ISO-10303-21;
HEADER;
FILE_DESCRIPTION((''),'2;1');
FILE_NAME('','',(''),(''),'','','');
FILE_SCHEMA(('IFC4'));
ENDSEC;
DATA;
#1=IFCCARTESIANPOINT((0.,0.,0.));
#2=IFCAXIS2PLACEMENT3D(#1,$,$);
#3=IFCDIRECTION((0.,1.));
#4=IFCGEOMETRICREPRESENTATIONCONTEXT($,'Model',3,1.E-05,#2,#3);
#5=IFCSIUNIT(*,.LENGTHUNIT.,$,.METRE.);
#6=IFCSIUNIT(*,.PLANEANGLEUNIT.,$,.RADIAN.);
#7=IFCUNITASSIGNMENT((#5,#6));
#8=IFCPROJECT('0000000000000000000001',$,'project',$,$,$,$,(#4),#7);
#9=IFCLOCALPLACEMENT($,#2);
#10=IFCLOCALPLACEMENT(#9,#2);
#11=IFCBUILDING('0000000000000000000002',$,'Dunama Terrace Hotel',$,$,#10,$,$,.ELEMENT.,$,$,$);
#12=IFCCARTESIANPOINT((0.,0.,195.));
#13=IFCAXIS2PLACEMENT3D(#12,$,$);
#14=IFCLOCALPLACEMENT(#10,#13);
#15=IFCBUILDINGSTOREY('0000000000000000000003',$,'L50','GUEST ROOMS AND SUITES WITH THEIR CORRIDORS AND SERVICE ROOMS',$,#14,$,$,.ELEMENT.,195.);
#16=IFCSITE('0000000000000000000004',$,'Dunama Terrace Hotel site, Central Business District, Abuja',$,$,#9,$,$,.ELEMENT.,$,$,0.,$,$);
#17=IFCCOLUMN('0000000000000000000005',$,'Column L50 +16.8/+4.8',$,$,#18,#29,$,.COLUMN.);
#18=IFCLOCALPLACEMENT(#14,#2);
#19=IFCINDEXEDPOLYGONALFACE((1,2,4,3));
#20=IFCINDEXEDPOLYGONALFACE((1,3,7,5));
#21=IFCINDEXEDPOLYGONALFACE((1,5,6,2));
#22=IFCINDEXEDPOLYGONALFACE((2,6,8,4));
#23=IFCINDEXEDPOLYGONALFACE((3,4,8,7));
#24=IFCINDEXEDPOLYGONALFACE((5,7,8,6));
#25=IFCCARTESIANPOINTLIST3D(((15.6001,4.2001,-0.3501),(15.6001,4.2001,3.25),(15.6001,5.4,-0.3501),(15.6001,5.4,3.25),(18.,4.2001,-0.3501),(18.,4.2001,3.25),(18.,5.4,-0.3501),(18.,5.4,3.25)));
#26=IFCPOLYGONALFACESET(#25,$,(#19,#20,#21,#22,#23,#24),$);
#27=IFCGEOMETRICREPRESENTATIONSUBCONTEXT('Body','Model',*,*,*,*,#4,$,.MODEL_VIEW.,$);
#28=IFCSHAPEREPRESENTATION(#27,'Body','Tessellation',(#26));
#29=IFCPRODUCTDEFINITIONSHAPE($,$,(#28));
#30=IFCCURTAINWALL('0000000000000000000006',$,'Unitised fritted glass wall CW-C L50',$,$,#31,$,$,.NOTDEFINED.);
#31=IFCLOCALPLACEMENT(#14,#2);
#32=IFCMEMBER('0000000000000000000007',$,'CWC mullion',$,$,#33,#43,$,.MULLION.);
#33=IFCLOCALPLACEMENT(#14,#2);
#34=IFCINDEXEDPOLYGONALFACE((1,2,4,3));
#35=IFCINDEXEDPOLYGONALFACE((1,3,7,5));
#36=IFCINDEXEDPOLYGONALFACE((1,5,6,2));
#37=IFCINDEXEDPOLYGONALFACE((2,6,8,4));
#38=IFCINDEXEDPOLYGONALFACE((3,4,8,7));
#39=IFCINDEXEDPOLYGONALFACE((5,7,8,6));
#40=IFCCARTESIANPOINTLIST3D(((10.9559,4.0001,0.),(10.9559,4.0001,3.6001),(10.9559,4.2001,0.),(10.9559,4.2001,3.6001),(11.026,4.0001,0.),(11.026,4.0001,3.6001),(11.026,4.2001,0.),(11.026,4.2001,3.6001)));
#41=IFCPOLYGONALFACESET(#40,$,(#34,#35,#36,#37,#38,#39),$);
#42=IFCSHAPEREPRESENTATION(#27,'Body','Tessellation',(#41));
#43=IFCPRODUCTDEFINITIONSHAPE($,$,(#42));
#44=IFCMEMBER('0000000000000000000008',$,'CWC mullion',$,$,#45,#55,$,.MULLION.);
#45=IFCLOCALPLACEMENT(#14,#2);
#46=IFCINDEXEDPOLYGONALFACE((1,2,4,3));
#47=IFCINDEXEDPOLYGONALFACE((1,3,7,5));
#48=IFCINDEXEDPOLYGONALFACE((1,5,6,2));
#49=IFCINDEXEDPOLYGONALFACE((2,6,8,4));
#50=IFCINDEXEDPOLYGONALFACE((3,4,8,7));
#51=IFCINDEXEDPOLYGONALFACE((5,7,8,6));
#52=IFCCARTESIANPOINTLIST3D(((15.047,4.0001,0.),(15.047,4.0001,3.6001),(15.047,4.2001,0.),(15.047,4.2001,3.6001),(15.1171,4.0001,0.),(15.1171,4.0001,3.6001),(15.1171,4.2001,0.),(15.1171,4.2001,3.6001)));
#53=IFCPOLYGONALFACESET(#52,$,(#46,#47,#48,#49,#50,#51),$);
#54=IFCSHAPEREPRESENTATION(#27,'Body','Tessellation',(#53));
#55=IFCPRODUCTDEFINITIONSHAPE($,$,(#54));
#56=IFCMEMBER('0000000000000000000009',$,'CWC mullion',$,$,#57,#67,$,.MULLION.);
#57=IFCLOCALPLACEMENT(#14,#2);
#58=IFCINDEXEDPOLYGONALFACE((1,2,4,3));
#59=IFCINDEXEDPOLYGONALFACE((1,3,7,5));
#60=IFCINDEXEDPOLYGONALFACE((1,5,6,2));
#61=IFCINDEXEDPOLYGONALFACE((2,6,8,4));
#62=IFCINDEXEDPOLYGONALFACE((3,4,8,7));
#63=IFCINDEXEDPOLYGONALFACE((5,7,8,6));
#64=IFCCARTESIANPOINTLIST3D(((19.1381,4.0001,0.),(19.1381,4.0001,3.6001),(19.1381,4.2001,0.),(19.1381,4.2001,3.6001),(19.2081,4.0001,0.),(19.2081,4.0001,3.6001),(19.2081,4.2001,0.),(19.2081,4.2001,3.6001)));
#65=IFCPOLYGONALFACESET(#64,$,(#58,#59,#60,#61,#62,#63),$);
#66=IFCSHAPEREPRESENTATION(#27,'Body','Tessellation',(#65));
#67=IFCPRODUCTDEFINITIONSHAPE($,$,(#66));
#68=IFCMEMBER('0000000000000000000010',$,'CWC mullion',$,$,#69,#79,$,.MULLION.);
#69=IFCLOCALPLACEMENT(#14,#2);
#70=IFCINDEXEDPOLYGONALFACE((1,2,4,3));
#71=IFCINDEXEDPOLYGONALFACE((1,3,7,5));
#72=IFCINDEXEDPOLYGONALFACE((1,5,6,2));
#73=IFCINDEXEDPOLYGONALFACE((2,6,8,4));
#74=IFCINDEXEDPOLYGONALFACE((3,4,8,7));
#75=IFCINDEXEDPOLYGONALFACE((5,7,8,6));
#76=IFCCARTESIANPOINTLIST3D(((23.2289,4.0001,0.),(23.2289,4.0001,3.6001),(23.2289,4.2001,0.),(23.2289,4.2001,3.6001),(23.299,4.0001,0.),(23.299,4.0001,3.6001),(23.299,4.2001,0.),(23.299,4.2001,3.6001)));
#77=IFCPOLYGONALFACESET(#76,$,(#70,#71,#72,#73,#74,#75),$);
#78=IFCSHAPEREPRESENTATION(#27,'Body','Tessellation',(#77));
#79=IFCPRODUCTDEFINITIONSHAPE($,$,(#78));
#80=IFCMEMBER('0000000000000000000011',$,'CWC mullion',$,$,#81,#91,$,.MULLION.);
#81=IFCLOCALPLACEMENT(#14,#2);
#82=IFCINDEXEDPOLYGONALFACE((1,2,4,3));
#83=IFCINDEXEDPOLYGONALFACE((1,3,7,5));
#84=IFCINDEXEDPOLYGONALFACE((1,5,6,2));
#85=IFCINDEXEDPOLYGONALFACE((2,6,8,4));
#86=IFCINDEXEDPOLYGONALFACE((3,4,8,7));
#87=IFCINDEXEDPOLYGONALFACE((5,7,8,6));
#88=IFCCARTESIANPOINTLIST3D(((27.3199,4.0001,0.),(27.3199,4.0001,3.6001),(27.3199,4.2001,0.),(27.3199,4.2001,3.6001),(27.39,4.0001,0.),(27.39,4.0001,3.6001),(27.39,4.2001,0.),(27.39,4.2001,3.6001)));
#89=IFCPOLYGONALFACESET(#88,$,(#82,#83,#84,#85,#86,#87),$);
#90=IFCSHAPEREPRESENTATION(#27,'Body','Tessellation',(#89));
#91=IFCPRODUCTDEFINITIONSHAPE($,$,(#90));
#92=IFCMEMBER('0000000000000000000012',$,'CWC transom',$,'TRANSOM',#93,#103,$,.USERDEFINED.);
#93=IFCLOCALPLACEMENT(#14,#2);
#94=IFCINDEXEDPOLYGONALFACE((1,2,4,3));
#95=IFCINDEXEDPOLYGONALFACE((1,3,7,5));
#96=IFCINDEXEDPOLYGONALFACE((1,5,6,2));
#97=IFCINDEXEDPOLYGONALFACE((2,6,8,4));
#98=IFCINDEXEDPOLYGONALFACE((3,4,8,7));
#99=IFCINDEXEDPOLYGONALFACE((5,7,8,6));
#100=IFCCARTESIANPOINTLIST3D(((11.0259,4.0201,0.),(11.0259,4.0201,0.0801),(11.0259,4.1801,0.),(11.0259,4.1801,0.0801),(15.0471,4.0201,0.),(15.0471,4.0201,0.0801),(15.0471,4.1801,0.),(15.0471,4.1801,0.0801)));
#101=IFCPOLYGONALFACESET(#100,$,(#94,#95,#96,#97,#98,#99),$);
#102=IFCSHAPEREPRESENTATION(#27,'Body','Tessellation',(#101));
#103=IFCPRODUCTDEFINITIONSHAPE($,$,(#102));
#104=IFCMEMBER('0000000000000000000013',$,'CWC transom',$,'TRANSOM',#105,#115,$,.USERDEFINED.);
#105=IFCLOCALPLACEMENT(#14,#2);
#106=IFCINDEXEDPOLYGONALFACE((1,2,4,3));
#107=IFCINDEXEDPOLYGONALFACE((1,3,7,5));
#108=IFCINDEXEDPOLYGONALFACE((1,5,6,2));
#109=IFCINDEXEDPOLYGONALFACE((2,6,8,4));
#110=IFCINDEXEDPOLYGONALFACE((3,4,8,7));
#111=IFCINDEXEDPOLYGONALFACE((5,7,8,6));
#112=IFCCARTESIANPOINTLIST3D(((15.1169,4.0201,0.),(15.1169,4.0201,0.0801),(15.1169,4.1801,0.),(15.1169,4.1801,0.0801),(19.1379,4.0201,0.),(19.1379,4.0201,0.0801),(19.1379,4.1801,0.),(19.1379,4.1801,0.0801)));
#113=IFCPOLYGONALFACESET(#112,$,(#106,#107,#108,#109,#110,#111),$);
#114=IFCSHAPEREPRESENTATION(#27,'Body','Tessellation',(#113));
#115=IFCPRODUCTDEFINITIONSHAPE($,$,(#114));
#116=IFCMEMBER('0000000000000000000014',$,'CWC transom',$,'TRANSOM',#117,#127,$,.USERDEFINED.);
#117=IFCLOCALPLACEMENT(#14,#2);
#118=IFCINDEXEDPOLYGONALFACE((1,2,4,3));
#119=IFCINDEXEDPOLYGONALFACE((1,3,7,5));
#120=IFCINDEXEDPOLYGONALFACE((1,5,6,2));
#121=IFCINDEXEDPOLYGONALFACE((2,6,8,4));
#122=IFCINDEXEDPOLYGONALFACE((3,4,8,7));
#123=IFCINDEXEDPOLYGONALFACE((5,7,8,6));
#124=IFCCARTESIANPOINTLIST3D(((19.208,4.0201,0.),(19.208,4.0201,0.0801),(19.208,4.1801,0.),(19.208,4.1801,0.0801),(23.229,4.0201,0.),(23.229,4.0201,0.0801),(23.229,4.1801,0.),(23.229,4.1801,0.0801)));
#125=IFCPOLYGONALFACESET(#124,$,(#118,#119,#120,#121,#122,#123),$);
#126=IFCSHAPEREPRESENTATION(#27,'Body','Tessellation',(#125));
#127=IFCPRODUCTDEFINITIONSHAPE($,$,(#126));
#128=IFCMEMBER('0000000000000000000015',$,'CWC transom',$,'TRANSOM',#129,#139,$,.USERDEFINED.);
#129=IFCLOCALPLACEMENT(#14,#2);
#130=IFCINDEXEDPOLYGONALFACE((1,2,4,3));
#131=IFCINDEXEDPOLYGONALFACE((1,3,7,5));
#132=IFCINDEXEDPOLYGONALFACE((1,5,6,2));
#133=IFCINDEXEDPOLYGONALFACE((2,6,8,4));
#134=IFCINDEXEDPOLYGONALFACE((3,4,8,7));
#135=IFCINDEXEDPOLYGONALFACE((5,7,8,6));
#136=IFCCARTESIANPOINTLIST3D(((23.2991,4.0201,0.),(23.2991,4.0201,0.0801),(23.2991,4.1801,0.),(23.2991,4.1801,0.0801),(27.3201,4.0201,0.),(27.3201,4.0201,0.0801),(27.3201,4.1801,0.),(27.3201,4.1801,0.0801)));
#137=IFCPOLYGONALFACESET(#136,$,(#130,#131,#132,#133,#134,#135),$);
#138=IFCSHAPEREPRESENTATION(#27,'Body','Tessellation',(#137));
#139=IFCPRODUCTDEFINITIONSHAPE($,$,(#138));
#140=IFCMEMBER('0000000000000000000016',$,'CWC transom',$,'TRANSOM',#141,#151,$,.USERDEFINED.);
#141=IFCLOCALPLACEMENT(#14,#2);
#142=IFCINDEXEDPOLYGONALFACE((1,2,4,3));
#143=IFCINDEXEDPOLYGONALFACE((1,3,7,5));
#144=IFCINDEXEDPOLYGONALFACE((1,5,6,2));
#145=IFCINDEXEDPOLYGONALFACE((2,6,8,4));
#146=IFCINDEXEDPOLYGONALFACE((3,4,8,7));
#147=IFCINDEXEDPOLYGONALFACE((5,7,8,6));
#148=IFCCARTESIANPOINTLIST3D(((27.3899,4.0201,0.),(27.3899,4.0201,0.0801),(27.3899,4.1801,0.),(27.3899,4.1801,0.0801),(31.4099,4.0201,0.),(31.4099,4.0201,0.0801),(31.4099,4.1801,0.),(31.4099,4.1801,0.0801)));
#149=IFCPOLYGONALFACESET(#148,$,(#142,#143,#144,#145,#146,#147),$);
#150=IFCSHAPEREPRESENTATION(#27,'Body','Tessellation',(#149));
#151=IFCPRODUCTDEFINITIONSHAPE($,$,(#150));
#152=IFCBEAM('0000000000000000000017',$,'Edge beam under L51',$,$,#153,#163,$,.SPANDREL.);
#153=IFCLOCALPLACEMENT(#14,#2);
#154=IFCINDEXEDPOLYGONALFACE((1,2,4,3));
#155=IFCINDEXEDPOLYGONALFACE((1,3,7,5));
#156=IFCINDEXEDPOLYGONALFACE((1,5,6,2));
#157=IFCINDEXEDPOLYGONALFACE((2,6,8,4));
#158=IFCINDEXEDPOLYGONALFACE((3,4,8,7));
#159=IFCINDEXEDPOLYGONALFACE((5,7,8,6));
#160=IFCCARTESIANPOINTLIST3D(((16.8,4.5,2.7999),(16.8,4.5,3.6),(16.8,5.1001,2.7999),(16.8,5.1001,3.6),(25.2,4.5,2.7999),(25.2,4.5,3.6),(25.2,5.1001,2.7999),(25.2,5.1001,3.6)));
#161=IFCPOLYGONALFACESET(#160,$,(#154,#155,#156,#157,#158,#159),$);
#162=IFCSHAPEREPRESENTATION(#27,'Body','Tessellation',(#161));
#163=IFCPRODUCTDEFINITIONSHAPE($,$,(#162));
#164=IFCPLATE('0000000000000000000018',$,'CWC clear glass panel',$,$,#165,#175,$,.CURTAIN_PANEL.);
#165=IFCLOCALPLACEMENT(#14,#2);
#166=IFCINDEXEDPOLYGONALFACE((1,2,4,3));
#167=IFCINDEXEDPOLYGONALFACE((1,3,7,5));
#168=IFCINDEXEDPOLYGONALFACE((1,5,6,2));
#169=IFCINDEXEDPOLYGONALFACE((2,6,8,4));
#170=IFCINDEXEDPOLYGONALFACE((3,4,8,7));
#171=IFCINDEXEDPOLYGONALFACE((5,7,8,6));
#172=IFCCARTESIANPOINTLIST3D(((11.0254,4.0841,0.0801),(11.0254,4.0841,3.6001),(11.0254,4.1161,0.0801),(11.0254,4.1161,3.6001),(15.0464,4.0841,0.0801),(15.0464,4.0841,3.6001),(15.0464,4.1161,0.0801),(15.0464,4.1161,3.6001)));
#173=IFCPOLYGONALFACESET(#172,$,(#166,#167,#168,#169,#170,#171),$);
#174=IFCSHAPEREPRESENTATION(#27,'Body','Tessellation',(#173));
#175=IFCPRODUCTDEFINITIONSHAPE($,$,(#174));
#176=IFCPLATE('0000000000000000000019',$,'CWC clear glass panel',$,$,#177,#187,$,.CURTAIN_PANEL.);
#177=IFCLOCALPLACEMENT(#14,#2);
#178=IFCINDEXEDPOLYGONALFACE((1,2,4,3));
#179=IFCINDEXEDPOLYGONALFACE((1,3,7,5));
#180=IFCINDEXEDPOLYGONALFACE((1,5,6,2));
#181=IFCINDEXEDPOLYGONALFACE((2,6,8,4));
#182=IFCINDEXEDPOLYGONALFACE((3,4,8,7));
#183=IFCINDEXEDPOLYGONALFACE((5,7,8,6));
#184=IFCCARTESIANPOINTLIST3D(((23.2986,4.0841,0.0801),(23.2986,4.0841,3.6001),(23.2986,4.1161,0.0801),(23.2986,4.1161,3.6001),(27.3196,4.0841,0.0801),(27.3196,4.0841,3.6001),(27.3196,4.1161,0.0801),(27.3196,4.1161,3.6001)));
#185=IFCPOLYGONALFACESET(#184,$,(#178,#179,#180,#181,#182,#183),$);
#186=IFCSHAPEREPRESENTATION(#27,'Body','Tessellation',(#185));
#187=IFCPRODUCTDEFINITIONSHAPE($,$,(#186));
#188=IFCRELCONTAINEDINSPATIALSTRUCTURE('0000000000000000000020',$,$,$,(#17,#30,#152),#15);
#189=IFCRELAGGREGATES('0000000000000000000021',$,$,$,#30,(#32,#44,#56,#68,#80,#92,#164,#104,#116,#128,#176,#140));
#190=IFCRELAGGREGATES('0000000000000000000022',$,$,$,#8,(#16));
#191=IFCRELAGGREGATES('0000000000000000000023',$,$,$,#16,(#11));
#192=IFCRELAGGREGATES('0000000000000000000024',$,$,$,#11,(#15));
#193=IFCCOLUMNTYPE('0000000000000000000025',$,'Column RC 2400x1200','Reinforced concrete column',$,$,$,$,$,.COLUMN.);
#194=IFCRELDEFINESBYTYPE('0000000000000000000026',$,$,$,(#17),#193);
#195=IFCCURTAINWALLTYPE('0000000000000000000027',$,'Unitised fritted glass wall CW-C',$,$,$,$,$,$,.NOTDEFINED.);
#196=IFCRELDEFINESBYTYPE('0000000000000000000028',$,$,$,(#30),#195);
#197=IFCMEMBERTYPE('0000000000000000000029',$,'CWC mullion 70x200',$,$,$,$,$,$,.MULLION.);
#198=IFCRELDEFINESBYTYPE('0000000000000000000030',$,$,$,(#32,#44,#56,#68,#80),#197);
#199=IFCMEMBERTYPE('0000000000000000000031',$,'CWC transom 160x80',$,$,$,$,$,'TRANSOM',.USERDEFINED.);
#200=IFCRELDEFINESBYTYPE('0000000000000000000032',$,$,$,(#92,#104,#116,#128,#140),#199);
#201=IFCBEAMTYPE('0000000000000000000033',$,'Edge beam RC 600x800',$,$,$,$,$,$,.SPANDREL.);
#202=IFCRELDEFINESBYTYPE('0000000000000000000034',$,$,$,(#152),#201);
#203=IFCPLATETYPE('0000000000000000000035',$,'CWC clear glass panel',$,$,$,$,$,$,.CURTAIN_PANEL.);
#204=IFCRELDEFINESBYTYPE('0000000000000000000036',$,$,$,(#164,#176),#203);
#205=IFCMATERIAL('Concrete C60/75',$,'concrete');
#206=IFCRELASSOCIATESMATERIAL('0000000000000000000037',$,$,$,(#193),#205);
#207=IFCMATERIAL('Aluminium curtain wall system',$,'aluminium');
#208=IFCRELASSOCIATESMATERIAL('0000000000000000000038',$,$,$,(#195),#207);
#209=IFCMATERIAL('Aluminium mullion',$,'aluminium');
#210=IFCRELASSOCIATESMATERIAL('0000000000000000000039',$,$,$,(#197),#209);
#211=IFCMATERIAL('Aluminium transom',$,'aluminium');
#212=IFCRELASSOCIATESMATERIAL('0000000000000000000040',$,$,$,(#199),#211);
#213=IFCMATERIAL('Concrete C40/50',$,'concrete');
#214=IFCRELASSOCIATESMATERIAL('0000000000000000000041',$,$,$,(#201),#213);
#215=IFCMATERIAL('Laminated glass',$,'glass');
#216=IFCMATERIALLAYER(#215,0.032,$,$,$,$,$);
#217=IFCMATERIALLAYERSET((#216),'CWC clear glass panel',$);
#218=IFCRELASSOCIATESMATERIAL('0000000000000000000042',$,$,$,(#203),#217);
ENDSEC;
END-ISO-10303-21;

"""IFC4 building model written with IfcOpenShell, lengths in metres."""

from ifc_helpers import new_model, si_unit, direction, frame, origin, origin_2d, place, context, subcontext, project, spatial, rectangle, extrude, material, layer, layer_set, material_profile, profile_set, type_object, element, aggregate, save


model = new_model("IFC4")

# Units and contexts
model_context = context("Model", 3, precision=1e-05, world=origin(), true_north=direction((0.0, 1.0)))
body_context = subcontext(model_context, "Body", "Model", "MODEL_VIEW")
ifc_project = project(units=[si_unit("LENGTHUNIT", "METRE"), si_unit("PLANEANGLEUNIT", "RADIAN")], contexts=[model_context])

# Site, building, storey
site_placement = place(None, origin())
site = spatial("IfcSite", under=ifc_project, at=site_placement, Name="Dunama Terrace Hotel site, Central Business District, Abuja", CompositionType="ELEMENT", RefElevation=0.0)
building_placement = place(site_placement, origin())
building = spatial("IfcBuilding", under=site, at=building_placement, Name="Dunama Terrace Hotel", CompositionType="ELEMENT")
storey_placement = place(building_placement, frame((0.0, 0.0, 195.0)))
storey = spatial("IfcBuildingStorey", under=building, at=storey_placement, Name="L50", Description="GUEST ROOMS AND SUITES WITH THEIR CORRIDORS AND SERVICE ROOMS", CompositionType="ELEMENT", Elevation=195.0)

# Column
ifc_material_1 = material(Name="Concrete C60/75", Category="concrete")
ifc_material_profile_1 = material_profile(ifc_material_1, rectangle(XDim=2.3999, YDim=1.2, at=origin_2d()), Name="RC 2400x1200")
ifc_profile_set_1 = profile_set([ifc_material_profile_1], Name="Concrete C60/75")
column_type = type_object("IfcColumnType", Name="Column RC 2400x1200", Description="Reinforced concrete column", PredefinedType="COLUMN", material=ifc_profile_set_1)
column_placement = place(storey_placement, frame((16.8, 4.8, -0.3501), z_axis=(0.0, 0.0, 1.0), x_axis=(1.0, 0.0, 0.0)))
element("IfcColumn", 1, at=column_placement, inside=storey, type_object=column_type, Name="Column L50 +16.8/+4.8", PredefinedType="COLUMN", context=body_context, shape_type="SweptSolid", body=[
    extrude(rectangle(XDim=2.3999, YDim=1.2, at=origin_2d()), origin(), (0.0, 0.0, 1.0), 3.6001),
])

# Curtain wall, members
ifc_material_2 = material(Name="Aluminium curtain wall system", Category="aluminium")
curtain_wall_type = type_object("IfcCurtainWallType", Name="Unitised fritted glass wall CW-C", PredefinedType="NOTDEFINED", material=ifc_material_2)
curtain_wall_placement = place(storey_placement, origin())
curtain_wall = element("IfcCurtainWall", 2, at=curtain_wall_placement, inside=storey, type_object=curtain_wall_type, Name="Unitised fritted glass wall CW-C L50", PredefinedType="NOTDEFINED")
ifc_material_3 = material(Name="Aluminium mullion", Category="aluminium")
ifc_material_profile_2 = material_profile(ifc_material_3, rectangle(XDim=0.0701, YDim=0.2, at=origin_2d()), Name="CWC MULLION 70X200")
ifc_profile_set_2 = profile_set([ifc_material_profile_2], Name="Aluminium mullion")
member_type_1 = type_object("IfcMemberType", Name="CWC mullion 70x200", PredefinedType="MULLION", material=ifc_profile_set_2)
member_1_placement = place(storey_placement, frame((10.991, 4.1001, 0.0), z_axis=(0.0, 0.0, 1.0), x_axis=(1.0, 0.0, 0.0)))
member_1 = element("IfcMember", 3, at=member_1_placement, type_object=member_type_1, Name="CWC mullion", PredefinedType="MULLION", context=body_context, shape_type="SweptSolid", body=[
    extrude(rectangle(XDim=0.0701, YDim=0.2, at=origin_2d()), origin(), (0.0, 0.0, 1.0), 3.6001),
])
member_2_placement = place(storey_placement, frame((15.082, 4.1001, 0.0), z_axis=(0.0, 0.0, 1.0), x_axis=(1.0, 0.0, 0.0)))
member_2 = element("IfcMember", 4, at=member_2_placement, type_object=member_type_1, Name="CWC mullion", PredefinedType="MULLION", context=body_context, shape_type="SweptSolid", body=[
    extrude(rectangle(XDim=0.0701, YDim=0.2, at=origin_2d()), origin(), (0.0, 0.0, 1.0), 3.6001),
])
member_3_placement = place(storey_placement, frame((19.1731, 4.1001, 0.0), z_axis=(0.0, 0.0, 1.0), x_axis=(1.0, 0.0, 0.0)))
member_3 = element("IfcMember", 5, at=member_3_placement, type_object=member_type_1, Name="CWC mullion", PredefinedType="MULLION", context=body_context, shape_type="SweptSolid", body=[
    extrude(rectangle(XDim=0.0701, YDim=0.2, at=origin_2d()), origin(), (0.0, 0.0, 1.0), 3.6001),
])
member_4_placement = place(storey_placement, frame((23.2639, 4.1001, 0.0), z_axis=(0.0, 0.0, 1.0), x_axis=(1.0, 0.0, 0.0)))
member_4 = element("IfcMember", 6, at=member_4_placement, type_object=member_type_1, Name="CWC mullion", PredefinedType="MULLION", context=body_context, shape_type="SweptSolid", body=[
    extrude(rectangle(XDim=0.0701, YDim=0.2, at=origin_2d()), origin(), (0.0, 0.0, 1.0), 3.6001),
])
member_5_placement = place(storey_placement, frame((27.355, 4.1001, 0.0), z_axis=(0.0, 0.0, 1.0), x_axis=(1.0, 0.0, 0.0)))
member_5 = element("IfcMember", 7, at=member_5_placement, type_object=member_type_1, Name="CWC mullion", PredefinedType="MULLION", context=body_context, shape_type="SweptSolid", body=[
    extrude(rectangle(XDim=0.0701, YDim=0.2, at=origin_2d()), origin(), (0.0, 0.0, 1.0), 3.6001),
])
ifc_material_4 = material(Name="Aluminium transom", Category="aluminium")
ifc_material_profile_3 = material_profile(ifc_material_4, rectangle(XDim=0.1599, YDim=0.0801, at=origin_2d()), Name="CWC TRANSOM 160X80")
ifc_profile_set_3 = profile_set([ifc_material_profile_3], Name="Aluminium transom")
member_type_2 = type_object("IfcMemberType", Name="CWC transom 160x80", ElementType="TRANSOM", PredefinedType="USERDEFINED", material=ifc_profile_set_3)
member_6_placement = place(storey_placement, frame((11.0259, 4.1001, 0.04), z_axis=(1.0, 0.0, 0.0), x_axis=(0.0, 1.0, 0.0)))
member_6 = element("IfcMember", 8, at=member_6_placement, type_object=member_type_2, Name="CWC transom", ObjectType="TRANSOM", PredefinedType="USERDEFINED", context=body_context, shape_type="SweptSolid", body=[
    extrude(rectangle(XDim=0.1599, YDim=0.0801, at=origin_2d()), origin(), (0.0, 0.0, 1.0), 4.0212),
])
member_7_placement = place(storey_placement, frame((15.1169, 4.1001, 0.04), z_axis=(1.0, 0.0, 0.0), x_axis=(0.0, 1.0, 0.0)))
member_7 = element("IfcMember", 9, at=member_7_placement, type_object=member_type_2, Name="CWC transom", ObjectType="TRANSOM", PredefinedType="USERDEFINED", context=body_context, shape_type="SweptSolid", body=[
    extrude(rectangle(XDim=0.1599, YDim=0.0801, at=origin_2d()), origin(), (0.0, 0.0, 1.0), 4.021),
])
member_8_placement = place(storey_placement, frame((19.208, 4.1001, 0.04), z_axis=(1.0, 0.0, 0.0), x_axis=(0.0, 1.0, 0.0)))
member_8 = element("IfcMember", 10, at=member_8_placement, type_object=member_type_2, Name="CWC transom", ObjectType="TRANSOM", PredefinedType="USERDEFINED", context=body_context, shape_type="SweptSolid", body=[
    extrude(rectangle(XDim=0.1599, YDim=0.0801, at=origin_2d()), origin(), (0.0, 0.0, 1.0), 4.021),
])
member_9_placement = place(storey_placement, frame((23.2991, 4.1001, 0.04), z_axis=(1.0, 0.0, 0.0), x_axis=(0.0, 1.0, 0.0)))
member_9 = element("IfcMember", 11, at=member_9_placement, type_object=member_type_2, Name="CWC transom", ObjectType="TRANSOM", PredefinedType="USERDEFINED", context=body_context, shape_type="SweptSolid", body=[
    extrude(rectangle(XDim=0.1599, YDim=0.0801, at=origin_2d()), origin(), (0.0, 0.0, 1.0), 4.021),
])
member_10_placement = place(storey_placement, frame((27.3899, 4.1001, 0.04), z_axis=(1.0, 0.0, 0.0), x_axis=(0.0, 1.0, 0.0)))
member_10 = element("IfcMember", 12, at=member_10_placement, type_object=member_type_2, Name="CWC transom", ObjectType="TRANSOM", PredefinedType="USERDEFINED", context=body_context, shape_type="SweptSolid", body=[
    extrude(rectangle(XDim=0.1599, YDim=0.0801, at=origin_2d()), origin(), (0.0, 0.0, 1.0), 4.02),
])

# Beam
ifc_material_5 = material(Name="Concrete C40/50", Category="concrete")
ifc_material_profile_4 = material_profile(ifc_material_5, rectangle(XDim=0.6001, YDim=0.8, at=origin_2d()), Name="RC 600x800")
ifc_profile_set_4 = profile_set([ifc_material_profile_4], Name="Concrete C40/50")
beam_type = type_object("IfcBeamType", Name="Edge beam RC 600x800", PredefinedType="SPANDREL", material=ifc_profile_set_4)
beam_placement = place(storey_placement, frame((16.8, 4.8, 3.2), z_axis=(1.0, 0.0, 0.0), x_axis=(0.0, 1.0, 0.0)))
element("IfcBeam", 13, at=beam_placement, inside=storey, type_object=beam_type, Name="Edge beam under L51", PredefinedType="SPANDREL", context=body_context, shape_type="SweptSolid", body=[
    extrude(rectangle(XDim=0.6001, YDim=0.8, at=origin_2d()), origin(), (0.0, 0.0, 1.0), 8.3999),
])

# Plates
ifc_material_6 = material(Name="Laminated glass", Category="glass")
ifc_layer_1 = layer(ifc_material_6, 0.032)
ifc_layer_set_1 = layer_set([ifc_layer_1], Name="CWC clear glass panel")
plate_type_1 = type_object("IfcPlateType", Name="CWC clear glass panel", PredefinedType="CURTAIN_PANEL", material=ifc_layer_set_1)
plate_1_placement = place(storey_placement, frame((13.0359, 4.1001, 0.0801), z_axis=(0.0, 0.0, 1.0), x_axis=(1.0, 0.0, 0.0)))
plate_1 = element("IfcPlate", 14, at=plate_1_placement, type_object=plate_type_1, Name="CWC clear glass panel", PredefinedType="CURTAIN_PANEL", context=body_context, shape_type="SweptSolid", body=[
    extrude(rectangle(XDim=4.021, YDim=0.032, at=origin_2d()), origin(), (0.0, 0.0, 1.0), 3.52),
])
plate_2_placement = place(storey_placement, frame((25.3091, 4.1001, 0.0801), z_axis=(0.0, 0.0, 1.0), x_axis=(1.0, 0.0, 0.0)))
plate_2 = element("IfcPlate", 15, at=plate_2_placement, type_object=plate_type_1, Name="CWC clear glass panel", PredefinedType="CURTAIN_PANEL", context=body_context, shape_type="SweptSolid", body=[
    extrude(rectangle(XDim=4.021, YDim=0.032, at=origin_2d()), origin(), (0.0, 0.0, 1.0), 3.52),
])
aggregate(curtain_wall, [member_1, member_2, member_3, member_4, member_5, member_6, plate_1, member_7, member_8, member_9, plate_2, member_10])

save(model, "model.ifc")
